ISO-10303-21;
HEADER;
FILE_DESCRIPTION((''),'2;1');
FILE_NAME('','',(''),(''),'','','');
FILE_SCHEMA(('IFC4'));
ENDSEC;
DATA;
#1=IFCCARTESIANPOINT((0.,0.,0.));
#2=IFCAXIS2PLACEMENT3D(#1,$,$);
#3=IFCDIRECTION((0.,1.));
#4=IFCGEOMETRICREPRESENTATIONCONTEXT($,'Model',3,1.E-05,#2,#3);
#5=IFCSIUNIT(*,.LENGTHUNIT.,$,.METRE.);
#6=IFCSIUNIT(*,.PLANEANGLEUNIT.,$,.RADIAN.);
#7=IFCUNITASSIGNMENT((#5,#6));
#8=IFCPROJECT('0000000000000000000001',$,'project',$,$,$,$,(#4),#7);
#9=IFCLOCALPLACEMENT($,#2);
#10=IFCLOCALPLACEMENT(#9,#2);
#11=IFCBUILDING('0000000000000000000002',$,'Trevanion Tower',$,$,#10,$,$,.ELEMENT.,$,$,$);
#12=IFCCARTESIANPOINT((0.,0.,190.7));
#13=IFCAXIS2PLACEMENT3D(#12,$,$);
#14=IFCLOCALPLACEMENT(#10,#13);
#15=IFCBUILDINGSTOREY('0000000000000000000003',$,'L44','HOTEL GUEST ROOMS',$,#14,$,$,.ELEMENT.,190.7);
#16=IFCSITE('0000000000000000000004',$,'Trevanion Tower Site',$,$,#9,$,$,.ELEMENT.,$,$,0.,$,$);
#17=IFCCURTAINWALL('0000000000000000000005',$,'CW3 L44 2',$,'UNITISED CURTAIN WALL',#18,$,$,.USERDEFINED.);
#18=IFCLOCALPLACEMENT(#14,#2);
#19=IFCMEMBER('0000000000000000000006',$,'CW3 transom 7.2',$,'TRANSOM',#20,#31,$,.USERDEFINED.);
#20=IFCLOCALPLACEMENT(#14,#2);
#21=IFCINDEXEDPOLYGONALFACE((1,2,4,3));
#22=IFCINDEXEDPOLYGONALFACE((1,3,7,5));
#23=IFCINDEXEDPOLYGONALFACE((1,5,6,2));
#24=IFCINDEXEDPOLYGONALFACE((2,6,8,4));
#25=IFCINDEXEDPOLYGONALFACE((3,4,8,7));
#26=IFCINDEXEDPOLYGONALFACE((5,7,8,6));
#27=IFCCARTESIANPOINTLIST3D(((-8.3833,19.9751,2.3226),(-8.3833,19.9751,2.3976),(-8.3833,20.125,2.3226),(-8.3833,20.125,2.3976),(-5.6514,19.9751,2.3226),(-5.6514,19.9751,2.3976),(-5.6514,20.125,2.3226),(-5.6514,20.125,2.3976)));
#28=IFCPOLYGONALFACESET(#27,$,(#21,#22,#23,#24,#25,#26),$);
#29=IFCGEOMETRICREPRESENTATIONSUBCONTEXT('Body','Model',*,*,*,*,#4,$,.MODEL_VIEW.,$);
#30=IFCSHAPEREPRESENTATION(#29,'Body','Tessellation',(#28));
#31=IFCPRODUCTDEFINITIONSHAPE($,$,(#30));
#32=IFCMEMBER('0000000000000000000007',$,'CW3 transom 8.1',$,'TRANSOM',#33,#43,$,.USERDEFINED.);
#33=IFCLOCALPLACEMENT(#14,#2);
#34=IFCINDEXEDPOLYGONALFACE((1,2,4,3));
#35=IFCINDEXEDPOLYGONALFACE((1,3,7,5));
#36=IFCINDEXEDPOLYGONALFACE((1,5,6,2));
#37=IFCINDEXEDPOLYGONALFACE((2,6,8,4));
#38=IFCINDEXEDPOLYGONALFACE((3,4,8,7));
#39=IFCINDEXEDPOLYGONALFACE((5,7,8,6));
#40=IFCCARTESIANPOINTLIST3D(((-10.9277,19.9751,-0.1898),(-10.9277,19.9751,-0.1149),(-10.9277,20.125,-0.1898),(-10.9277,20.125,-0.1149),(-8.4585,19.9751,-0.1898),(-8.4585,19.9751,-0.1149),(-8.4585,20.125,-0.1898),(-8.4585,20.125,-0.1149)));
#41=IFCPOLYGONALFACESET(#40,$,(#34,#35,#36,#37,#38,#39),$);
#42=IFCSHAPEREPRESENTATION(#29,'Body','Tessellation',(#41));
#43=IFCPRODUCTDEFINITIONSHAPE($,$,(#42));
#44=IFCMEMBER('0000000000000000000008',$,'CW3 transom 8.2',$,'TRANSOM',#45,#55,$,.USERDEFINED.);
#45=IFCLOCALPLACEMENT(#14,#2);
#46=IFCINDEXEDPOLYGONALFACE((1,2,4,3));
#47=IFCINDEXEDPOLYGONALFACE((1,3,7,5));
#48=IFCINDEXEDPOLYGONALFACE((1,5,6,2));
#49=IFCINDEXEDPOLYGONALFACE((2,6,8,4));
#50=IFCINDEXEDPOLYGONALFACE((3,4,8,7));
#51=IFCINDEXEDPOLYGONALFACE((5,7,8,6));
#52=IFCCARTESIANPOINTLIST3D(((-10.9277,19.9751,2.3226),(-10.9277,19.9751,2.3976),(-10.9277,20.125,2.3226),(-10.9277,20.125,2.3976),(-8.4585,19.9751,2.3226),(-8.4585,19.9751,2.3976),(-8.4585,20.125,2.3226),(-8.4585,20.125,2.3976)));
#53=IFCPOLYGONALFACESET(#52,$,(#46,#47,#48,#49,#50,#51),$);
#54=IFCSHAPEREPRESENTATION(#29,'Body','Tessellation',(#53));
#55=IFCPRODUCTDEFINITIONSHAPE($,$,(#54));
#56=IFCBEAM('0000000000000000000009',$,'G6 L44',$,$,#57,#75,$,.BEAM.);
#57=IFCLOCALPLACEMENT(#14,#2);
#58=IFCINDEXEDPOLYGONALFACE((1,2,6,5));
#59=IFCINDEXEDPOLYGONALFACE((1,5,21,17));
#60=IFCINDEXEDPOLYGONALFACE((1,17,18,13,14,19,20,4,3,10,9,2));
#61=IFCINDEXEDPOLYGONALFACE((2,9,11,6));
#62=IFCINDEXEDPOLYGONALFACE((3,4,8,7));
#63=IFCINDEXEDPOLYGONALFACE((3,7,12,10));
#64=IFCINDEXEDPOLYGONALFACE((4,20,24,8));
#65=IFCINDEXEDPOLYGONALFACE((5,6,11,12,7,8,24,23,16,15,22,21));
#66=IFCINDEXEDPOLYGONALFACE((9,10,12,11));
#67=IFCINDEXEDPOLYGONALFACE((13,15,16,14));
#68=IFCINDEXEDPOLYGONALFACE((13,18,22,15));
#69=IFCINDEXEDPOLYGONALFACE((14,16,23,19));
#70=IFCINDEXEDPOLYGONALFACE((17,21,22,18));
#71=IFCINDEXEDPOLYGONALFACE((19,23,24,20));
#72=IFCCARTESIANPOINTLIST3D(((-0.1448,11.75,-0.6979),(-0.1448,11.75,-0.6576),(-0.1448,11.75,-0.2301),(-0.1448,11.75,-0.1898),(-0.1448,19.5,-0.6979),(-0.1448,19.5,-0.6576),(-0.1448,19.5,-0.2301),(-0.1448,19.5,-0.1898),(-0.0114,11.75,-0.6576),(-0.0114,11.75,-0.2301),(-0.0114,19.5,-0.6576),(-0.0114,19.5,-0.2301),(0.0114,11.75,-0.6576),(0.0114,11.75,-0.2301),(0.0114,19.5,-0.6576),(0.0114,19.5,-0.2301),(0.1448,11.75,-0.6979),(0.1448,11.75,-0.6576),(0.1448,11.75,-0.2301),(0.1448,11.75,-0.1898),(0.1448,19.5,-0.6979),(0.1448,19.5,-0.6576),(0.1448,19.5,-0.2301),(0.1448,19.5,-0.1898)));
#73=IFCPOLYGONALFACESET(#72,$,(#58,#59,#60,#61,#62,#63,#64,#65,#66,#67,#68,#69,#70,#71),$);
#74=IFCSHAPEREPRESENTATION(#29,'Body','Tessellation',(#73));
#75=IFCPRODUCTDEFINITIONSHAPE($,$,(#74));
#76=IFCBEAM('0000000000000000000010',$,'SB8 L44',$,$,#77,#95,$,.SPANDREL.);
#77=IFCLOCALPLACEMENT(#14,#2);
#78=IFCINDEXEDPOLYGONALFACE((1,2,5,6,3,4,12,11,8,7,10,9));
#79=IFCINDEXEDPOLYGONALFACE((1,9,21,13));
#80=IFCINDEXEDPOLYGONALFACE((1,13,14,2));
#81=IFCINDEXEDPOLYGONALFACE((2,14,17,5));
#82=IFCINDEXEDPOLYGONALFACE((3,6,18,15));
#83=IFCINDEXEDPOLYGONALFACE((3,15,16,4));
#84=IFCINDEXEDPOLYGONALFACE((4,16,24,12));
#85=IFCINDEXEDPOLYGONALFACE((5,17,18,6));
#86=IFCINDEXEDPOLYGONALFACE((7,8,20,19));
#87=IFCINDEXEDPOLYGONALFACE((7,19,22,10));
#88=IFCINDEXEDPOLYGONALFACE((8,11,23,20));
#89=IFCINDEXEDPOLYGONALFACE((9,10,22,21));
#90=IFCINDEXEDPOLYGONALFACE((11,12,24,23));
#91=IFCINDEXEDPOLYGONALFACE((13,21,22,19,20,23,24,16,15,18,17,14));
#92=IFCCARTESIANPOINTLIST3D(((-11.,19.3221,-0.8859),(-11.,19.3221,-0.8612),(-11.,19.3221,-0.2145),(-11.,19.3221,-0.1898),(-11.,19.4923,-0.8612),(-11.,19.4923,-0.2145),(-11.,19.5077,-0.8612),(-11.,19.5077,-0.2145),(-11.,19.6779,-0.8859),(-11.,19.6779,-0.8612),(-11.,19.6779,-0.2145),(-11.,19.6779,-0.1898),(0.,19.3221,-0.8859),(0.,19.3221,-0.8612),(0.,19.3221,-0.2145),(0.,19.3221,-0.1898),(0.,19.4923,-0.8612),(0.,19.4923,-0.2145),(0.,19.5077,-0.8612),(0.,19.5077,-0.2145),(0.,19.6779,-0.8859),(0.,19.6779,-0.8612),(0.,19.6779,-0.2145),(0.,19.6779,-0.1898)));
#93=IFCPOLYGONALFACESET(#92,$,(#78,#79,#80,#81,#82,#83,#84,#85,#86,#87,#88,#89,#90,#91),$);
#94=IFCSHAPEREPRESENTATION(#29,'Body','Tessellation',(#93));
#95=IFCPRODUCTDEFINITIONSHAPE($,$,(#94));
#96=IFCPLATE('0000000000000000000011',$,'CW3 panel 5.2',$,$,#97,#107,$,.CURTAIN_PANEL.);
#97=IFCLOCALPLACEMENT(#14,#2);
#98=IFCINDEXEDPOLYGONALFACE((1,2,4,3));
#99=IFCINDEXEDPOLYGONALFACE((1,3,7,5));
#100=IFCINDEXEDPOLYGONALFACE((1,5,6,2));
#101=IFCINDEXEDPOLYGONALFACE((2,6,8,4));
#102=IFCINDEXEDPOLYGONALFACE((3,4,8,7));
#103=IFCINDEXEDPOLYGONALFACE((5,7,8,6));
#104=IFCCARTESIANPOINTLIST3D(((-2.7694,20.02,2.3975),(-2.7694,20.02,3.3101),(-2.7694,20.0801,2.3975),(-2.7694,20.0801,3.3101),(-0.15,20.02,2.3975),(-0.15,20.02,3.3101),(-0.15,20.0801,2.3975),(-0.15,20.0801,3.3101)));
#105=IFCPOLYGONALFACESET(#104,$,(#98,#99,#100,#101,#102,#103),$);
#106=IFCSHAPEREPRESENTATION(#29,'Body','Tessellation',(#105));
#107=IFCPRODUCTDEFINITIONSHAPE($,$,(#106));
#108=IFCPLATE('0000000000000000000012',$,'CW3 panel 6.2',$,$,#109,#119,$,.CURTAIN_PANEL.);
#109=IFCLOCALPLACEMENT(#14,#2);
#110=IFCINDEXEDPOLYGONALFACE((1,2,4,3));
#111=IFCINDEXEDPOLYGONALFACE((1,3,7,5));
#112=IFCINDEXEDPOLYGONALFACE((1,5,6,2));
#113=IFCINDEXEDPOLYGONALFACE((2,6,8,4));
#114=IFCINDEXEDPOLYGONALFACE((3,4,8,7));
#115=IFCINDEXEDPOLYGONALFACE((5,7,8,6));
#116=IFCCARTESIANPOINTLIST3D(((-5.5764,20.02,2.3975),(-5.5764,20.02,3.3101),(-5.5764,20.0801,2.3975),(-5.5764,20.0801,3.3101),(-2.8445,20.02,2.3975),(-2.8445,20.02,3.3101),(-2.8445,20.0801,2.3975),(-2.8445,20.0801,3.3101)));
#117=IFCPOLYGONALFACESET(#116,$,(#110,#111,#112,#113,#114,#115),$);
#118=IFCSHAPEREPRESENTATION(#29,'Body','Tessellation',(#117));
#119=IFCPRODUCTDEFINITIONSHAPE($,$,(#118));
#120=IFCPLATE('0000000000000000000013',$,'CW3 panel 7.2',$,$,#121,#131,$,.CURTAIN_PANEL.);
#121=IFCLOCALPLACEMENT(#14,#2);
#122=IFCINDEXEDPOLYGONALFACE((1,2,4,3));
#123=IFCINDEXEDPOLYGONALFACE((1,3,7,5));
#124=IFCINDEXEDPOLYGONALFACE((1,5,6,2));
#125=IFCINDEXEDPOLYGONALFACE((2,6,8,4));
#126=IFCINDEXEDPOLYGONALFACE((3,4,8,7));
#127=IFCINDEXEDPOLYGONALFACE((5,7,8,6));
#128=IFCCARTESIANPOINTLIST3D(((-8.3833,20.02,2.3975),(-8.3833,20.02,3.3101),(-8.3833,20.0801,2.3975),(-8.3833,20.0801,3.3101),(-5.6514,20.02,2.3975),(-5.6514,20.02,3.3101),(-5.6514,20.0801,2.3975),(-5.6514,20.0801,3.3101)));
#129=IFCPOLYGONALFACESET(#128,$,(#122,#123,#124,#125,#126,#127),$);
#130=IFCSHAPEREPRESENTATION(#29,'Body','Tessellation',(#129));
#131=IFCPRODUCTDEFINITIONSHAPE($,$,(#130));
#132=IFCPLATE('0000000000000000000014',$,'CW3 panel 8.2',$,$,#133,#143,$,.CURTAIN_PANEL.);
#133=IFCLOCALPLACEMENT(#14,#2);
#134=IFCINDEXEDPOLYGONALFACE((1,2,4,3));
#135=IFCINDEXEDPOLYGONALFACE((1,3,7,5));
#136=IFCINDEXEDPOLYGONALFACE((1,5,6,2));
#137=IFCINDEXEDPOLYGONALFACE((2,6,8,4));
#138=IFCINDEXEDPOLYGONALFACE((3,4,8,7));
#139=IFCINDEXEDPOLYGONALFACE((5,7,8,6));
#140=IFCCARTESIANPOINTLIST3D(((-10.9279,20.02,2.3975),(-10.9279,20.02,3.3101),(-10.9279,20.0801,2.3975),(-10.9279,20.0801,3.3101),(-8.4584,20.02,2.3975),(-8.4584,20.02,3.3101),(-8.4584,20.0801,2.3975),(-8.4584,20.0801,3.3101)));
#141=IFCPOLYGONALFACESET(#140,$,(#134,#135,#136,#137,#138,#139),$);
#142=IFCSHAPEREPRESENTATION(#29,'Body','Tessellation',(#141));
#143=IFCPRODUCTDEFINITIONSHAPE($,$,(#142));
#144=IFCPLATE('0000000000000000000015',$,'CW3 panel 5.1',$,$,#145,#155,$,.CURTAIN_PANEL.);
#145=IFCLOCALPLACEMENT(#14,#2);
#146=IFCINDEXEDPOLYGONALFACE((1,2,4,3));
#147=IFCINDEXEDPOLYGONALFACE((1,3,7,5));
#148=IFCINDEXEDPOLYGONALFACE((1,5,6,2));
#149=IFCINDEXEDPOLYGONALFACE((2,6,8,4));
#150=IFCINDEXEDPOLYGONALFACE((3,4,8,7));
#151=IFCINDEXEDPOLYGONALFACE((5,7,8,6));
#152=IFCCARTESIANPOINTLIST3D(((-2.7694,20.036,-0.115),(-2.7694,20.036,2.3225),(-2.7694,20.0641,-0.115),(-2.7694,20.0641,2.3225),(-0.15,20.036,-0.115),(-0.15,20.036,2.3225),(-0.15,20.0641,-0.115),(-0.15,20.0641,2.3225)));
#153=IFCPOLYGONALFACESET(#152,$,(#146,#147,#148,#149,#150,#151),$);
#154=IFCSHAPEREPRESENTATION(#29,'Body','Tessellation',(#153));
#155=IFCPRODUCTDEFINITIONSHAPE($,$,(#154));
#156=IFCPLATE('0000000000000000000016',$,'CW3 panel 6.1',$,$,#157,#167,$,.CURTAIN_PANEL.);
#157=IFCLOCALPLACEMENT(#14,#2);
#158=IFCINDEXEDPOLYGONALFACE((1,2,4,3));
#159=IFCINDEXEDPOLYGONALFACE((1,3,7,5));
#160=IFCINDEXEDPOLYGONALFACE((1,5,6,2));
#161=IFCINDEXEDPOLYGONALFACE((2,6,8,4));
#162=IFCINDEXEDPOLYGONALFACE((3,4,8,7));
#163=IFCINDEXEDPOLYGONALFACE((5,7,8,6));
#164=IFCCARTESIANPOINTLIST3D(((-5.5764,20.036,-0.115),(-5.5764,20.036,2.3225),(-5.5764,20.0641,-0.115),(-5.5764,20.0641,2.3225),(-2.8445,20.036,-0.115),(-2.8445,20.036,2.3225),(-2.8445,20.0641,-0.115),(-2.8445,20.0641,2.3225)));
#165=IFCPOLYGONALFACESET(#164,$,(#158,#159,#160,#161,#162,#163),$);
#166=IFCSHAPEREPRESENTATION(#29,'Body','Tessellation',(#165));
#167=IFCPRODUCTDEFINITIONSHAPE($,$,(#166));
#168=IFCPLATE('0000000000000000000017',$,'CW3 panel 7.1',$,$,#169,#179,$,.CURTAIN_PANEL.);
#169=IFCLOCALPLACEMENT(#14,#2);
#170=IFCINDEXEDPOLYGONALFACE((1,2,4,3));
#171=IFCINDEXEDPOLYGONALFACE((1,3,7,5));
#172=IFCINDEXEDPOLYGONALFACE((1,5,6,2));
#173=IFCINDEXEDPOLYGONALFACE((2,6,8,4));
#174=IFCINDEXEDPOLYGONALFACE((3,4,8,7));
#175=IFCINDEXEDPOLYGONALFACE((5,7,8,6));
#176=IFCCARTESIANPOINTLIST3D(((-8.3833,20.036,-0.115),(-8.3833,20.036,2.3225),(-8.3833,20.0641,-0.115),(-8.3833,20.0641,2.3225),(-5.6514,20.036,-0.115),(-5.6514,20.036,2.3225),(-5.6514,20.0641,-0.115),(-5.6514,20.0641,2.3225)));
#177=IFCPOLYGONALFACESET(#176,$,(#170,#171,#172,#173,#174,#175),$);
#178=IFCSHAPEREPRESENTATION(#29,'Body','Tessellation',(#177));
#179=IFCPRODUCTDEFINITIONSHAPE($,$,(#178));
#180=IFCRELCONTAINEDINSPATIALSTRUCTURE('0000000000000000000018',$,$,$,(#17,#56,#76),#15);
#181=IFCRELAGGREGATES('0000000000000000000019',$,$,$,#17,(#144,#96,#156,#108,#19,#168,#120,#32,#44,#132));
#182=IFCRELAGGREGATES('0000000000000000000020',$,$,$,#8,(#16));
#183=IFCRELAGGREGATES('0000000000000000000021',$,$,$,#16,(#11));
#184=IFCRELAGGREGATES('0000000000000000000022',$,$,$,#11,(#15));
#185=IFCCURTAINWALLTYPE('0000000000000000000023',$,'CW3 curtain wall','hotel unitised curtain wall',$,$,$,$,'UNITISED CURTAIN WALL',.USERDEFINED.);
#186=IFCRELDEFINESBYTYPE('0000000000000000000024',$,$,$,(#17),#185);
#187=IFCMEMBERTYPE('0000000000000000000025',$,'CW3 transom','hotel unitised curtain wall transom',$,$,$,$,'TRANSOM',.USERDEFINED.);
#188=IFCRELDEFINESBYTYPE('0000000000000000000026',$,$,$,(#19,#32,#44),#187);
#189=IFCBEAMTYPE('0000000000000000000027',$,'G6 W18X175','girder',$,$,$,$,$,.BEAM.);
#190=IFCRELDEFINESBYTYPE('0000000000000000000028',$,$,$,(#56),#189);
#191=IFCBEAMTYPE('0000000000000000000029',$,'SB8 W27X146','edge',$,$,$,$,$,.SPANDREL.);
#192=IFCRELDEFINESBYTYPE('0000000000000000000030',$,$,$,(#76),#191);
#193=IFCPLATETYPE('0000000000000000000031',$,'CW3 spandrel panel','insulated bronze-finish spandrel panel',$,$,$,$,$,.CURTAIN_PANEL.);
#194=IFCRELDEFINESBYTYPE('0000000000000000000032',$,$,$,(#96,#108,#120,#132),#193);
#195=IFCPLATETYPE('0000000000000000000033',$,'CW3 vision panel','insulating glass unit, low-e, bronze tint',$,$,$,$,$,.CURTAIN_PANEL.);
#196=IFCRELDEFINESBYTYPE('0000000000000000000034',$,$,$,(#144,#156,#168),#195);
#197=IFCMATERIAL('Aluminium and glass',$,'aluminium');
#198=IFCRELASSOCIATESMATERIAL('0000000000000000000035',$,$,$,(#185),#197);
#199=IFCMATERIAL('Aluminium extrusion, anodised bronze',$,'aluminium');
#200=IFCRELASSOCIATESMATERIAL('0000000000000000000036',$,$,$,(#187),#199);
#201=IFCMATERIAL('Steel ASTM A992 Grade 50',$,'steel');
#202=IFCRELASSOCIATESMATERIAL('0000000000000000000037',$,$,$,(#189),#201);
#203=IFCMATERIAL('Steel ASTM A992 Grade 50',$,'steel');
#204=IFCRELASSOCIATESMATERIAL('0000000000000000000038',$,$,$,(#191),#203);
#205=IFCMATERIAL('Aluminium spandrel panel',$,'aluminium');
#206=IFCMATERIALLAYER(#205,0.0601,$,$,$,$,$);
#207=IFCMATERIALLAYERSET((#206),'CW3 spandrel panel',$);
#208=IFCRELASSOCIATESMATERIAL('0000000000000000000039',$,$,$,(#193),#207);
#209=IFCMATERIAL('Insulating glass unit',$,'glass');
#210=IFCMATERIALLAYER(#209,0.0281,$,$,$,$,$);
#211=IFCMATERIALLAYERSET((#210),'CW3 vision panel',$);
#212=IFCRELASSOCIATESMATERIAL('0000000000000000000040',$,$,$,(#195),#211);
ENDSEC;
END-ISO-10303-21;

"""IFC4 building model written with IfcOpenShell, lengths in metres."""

from ifc_helpers import new_model, si_unit, direction, frame, origin, origin_2d, place, context, subcontext, project, spatial, rectangle, i_section, extrude, material, layer, layer_set, material_profile, profile_set, type_object, element, aggregate, save


model = new_model("IFC4")

# Units and contexts
model_context = context("Model", 3, precision=1e-05, world=origin(), true_north=direction((0.0, 1.0)))
body_context = subcontext(model_context, "Body", "Model", "MODEL_VIEW")
ifc_project = project(units=[si_unit("LENGTHUNIT", "METRE"), si_unit("PLANEANGLEUNIT", "RADIAN")], contexts=[model_context])

# Site, building, storey
site_placement = place(None, origin())
site = spatial("IfcSite", under=ifc_project, at=site_placement, Name="Trevanion Tower Site", CompositionType="ELEMENT", RefElevation=0.0)
building_placement = place(site_placement, origin())
building = spatial("IfcBuilding", under=site, at=building_placement, Name="Trevanion Tower", CompositionType="ELEMENT")
storey_placement = place(building_placement, frame((0.0, 0.0, 190.7)))
storey = spatial("IfcBuildingStorey", under=building, at=storey_placement, Name="L44", Description="HOTEL GUEST ROOMS", CompositionType="ELEMENT", Elevation=190.7)

# Curtain wall, members
ifc_material_1 = material(Name="Aluminium and glass", Category="aluminium")
curtain_wall_type = type_object("IfcCurtainWallType", Name="CW3 curtain wall", Description="hotel unitised curtain wall", ElementType="UNITISED CURTAIN WALL", PredefinedType="USERDEFINED", material=ifc_material_1)
curtain_wall_placement = place(storey_placement, origin())
curtain_wall = element("IfcCurtainWall", 1, at=curtain_wall_placement, inside=storey, type_object=curtain_wall_type, Name="CW3 L44 2", ObjectType="UNITISED CURTAIN WALL", PredefinedType="USERDEFINED")
ifc_material_2 = material(Name="Aluminium extrusion, anodised bronze", Category="aluminium")
ifc_material_profile_1 = material_profile(ifc_material_2, rectangle(XDim=0.1499, YDim=0.075, at=origin_2d()), Name="CW3 transom")
ifc_profile_set_1 = profile_set([ifc_material_profile_1], Name="Aluminium extrusion, anodised bronze")
member_type_1 = type_object("IfcMemberType", Name="CW3 transom", Description="hotel unitised curtain wall transom", ElementType="TRANSOM", PredefinedType="USERDEFINED", material=ifc_profile_set_1)
member_1_placement = place(storey_placement, frame((-5.6514, 20.05, 2.3601), z_axis=(-1.0, 0.0, 0.0), x_axis=(0.0, -1.0, 0.0)))
member_1 = element("IfcMember", 2, at=member_1_placement, type_object=member_type_1, Name="CW3 transom 7.2", ObjectType="TRANSOM", PredefinedType="USERDEFINED", context=body_context, shape_type="SweptSolid", body=[
    extrude(rectangle(XDim=0.1499, YDim=0.075, at=origin_2d()), origin(), (0.0, 0.0, 1.0), 2.7319),
])
member_2_placement = place(storey_placement, frame((-8.4585, 20.05, -0.1523), z_axis=(-1.0, 0.0, 0.0), x_axis=(0.0, -1.0, 0.0)))
member_2 = element("IfcMember", 3, at=member_2_placement, type_object=member_type_1, Name="CW3 transom 8.1", ObjectType="TRANSOM", PredefinedType="USERDEFINED", context=body_context, shape_type="SweptSolid", body=[
    extrude(rectangle(XDim=0.1499, YDim=0.075, at=origin_2d()), origin(), (0.0, 0.0, 1.0), 2.4692),
])
member_3_placement = place(storey_placement, frame((-8.4585, 20.05, 2.3601), z_axis=(-1.0, 0.0, 0.0), x_axis=(0.0, -1.0, 0.0)))
member_3 = element("IfcMember", 4, at=member_3_placement, type_object=member_type_1, Name="CW3 transom 8.2", ObjectType="TRANSOM", PredefinedType="USERDEFINED", context=body_context, shape_type="SweptSolid", body=[
    extrude(rectangle(XDim=0.1499, YDim=0.075, at=origin_2d()), origin(), (0.0, 0.0, 1.0), 2.4692),
])

# Beams
ifc_material_3 = material(Name="Steel ASTM A992 Grade 50", Category="steel")
ifc_material_profile_2 = material_profile(ifc_material_3, i_section(OverallWidth=0.2896, OverallDepth=0.5081, WebThickness=0.0227, FlangeThickness=0.0403, at=origin_2d()), Name="W18X175")
ifc_profile_set_2 = profile_set([ifc_material_profile_2], Name="Steel ASTM A992 Grade 50")
beam_type_1 = type_object("IfcBeamType", Name="G6 W18X175", Description="girder", PredefinedType="BEAM", material=ifc_profile_set_2)
beam_1_placement = place(storey_placement, frame((0.0, 11.75, -0.4438), z_axis=(0.0, 1.0, 0.0), x_axis=(-1.0, 0.0, 0.0)))
element("IfcBeam", 5, at=beam_1_placement, inside=storey, type_object=beam_type_1, Name="G6 L44", PredefinedType="BEAM", context=body_context, shape_type="SweptSolid", body=[
    extrude(i_section(OverallWidth=0.2896, OverallDepth=0.5081, WebThickness=0.0227, FlangeThickness=0.0403, at=origin_2d()), origin(), (0.0, 0.0, 1.0), 7.75),
])
ifc_material_4 = material(Name="Steel ASTM A992 Grade 50", Category="steel")
ifc_material_profile_3 = material_profile(ifc_material_4, i_section(OverallWidth=0.3557, OverallDepth=0.696, WebThickness=0.0154, FlangeThickness=0.0247, at=origin_2d()), Name="W27X146")
ifc_profile_set_3 = profile_set([ifc_material_profile_3], Name="Steel ASTM A992 Grade 50")
beam_type_2 = type_object("IfcBeamType", Name="SB8 W27X146", Description="edge", PredefinedType="SPANDREL", material=ifc_profile_set_3)
beam_2_placement = place(storey_placement, frame((0.0, 19.5, -0.5378), z_axis=(-1.0, 0.0, 0.0), x_axis=(0.0, -1.0, 0.0)))
element("IfcBeam", 6, at=beam_2_placement, inside=storey, type_object=beam_type_2, Name="SB8 L44", PredefinedType="SPANDREL", context=body_context, shape_type="SweptSolid", body=[
    extrude(i_section(OverallWidth=0.3557, OverallDepth=0.696, WebThickness=0.0154, FlangeThickness=0.0247, at=origin_2d()), origin(), (0.0, 0.0, 1.0), 11.0),
])

# Plates
ifc_material_5 = material(Name="Aluminium spandrel panel", Category="aluminium")
ifc_layer_1 = layer(ifc_material_5, 0.0601)
ifc_layer_set_1 = layer_set([ifc_layer_1], Name="CW3 spandrel panel")
plate_type_1 = type_object("IfcPlateType", Name="CW3 spandrel panel", Description="insulated bronze-finish spandrel panel", PredefinedType="CURTAIN_PANEL", material=ifc_layer_set_1)
plate_1_placement = place(storey_placement, frame((-1.4597, 20.05, 2.3975), z_axis=(0.0, 0.0, 1.0), x_axis=(-1.0, 0.0, 0.0)))
plate_1 = element("IfcPlate", 7, at=plate_1_placement, type_object=plate_type_1, Name="CW3 panel 5.2", PredefinedType="CURTAIN_PANEL", context=body_context, shape_type="SweptSolid", body=[
    extrude(rectangle(XDim=2.6194, YDim=0.0601, at=origin_2d()), origin(), (0.0, 0.0, 1.0), 0.9126),
])
plate_2_placement = place(storey_placement, frame((-4.2104, 20.05, 2.3975), z_axis=(0.0, 0.0, 1.0), x_axis=(-1.0, 0.0, 0.0)))
plate_2 = element("IfcPlate", 8, at=plate_2_placement, type_object=plate_type_1, Name="CW3 panel 6.2", PredefinedType="CURTAIN_PANEL", context=body_context, shape_type="SweptSolid", body=[
    extrude(rectangle(XDim=2.7319, YDim=0.0601, at=origin_2d()), origin(), (0.0, 0.0, 1.0), 0.9126),
])
plate_3_placement = place(storey_placement, frame((-7.0173, 20.05, 2.3975), z_axis=(0.0, 0.0, 1.0), x_axis=(-1.0, 0.0, 0.0)))
plate_3 = element("IfcPlate", 9, at=plate_3_placement, type_object=plate_type_1, Name="CW3 panel 7.2", PredefinedType="CURTAIN_PANEL", context=body_context, shape_type="SweptSolid", body=[
    extrude(rectangle(XDim=2.7319, YDim=0.0601, at=origin_2d()), origin(), (0.0, 0.0, 1.0), 0.9126),
])
plate_4_placement = place(storey_placement, frame((-9.6931, 20.05, 2.3975), z_axis=(0.0, 0.0, 1.0), x_axis=(-1.0, 0.0, 0.0)))
plate_4 = element("IfcPlate", 10, at=plate_4_placement, type_object=plate_type_1, Name="CW3 panel 8.2", PredefinedType="CURTAIN_PANEL", context=body_context, shape_type="SweptSolid", body=[
    extrude(rectangle(XDim=2.4695, YDim=0.0601, at=origin_2d()), origin(), (0.0, 0.0, 1.0), 0.9126),
])
ifc_material_6 = material(Name="Insulating glass unit", Category="glass")
ifc_layer_2 = layer(ifc_material_6, 0.0281)
ifc_layer_set_2 = layer_set([ifc_layer_2], Name="CW3 vision panel")
plate_type_2 = type_object("IfcPlateType", Name="CW3 vision panel", Description="insulating glass unit, low-e, bronze tint", PredefinedType="CURTAIN_PANEL", material=ifc_layer_set_2)
plate_5_placement = place(storey_placement, frame((-1.4597, 20.05, -0.115), z_axis=(0.0, 0.0, 1.0), x_axis=(-1.0, 0.0, 0.0)))
plate_5 = element("IfcPlate", 11, at=plate_5_placement, type_object=plate_type_2, Name="CW3 panel 5.1", PredefinedType="CURTAIN_PANEL", context=body_context, shape_type="SweptSolid", body=[
    extrude(rectangle(XDim=2.6194, YDim=0.0281, at=origin_2d()), origin(), (0.0, 0.0, 1.0), 2.4375),
])
plate_6_placement = place(storey_placement, frame((-4.2104, 20.05, -0.115), z_axis=(0.0, 0.0, 1.0), x_axis=(-1.0, 0.0, 0.0)))
plate_6 = element("IfcPlate", 12, at=plate_6_placement, type_object=plate_type_2, Name="CW3 panel 6.1", PredefinedType="CURTAIN_PANEL", context=body_context, shape_type="SweptSolid", body=[
    extrude(rectangle(XDim=2.7319, YDim=0.0281, at=origin_2d()), origin(), (0.0, 0.0, 1.0), 2.4375),
])
plate_7_placement = place(storey_placement, frame((-7.0173, 20.05, -0.115), z_axis=(0.0, 0.0, 1.0), x_axis=(-1.0, 0.0, 0.0)))
plate_7 = element("IfcPlate", 13, at=plate_7_placement, type_object=plate_type_2, Name="CW3 panel 7.1", PredefinedType="CURTAIN_PANEL", context=body_context, shape_type="SweptSolid", body=[
    extrude(rectangle(XDim=2.7319, YDim=0.0281, at=origin_2d()), origin(), (0.0, 0.0, 1.0), 2.4375),
])
aggregate(curtain_wall, [plate_5, plate_1, plate_6, plate_2, member_1, plate_7, plate_3, member_2, member_3, plate_4])

save(model, "model.ifc")
